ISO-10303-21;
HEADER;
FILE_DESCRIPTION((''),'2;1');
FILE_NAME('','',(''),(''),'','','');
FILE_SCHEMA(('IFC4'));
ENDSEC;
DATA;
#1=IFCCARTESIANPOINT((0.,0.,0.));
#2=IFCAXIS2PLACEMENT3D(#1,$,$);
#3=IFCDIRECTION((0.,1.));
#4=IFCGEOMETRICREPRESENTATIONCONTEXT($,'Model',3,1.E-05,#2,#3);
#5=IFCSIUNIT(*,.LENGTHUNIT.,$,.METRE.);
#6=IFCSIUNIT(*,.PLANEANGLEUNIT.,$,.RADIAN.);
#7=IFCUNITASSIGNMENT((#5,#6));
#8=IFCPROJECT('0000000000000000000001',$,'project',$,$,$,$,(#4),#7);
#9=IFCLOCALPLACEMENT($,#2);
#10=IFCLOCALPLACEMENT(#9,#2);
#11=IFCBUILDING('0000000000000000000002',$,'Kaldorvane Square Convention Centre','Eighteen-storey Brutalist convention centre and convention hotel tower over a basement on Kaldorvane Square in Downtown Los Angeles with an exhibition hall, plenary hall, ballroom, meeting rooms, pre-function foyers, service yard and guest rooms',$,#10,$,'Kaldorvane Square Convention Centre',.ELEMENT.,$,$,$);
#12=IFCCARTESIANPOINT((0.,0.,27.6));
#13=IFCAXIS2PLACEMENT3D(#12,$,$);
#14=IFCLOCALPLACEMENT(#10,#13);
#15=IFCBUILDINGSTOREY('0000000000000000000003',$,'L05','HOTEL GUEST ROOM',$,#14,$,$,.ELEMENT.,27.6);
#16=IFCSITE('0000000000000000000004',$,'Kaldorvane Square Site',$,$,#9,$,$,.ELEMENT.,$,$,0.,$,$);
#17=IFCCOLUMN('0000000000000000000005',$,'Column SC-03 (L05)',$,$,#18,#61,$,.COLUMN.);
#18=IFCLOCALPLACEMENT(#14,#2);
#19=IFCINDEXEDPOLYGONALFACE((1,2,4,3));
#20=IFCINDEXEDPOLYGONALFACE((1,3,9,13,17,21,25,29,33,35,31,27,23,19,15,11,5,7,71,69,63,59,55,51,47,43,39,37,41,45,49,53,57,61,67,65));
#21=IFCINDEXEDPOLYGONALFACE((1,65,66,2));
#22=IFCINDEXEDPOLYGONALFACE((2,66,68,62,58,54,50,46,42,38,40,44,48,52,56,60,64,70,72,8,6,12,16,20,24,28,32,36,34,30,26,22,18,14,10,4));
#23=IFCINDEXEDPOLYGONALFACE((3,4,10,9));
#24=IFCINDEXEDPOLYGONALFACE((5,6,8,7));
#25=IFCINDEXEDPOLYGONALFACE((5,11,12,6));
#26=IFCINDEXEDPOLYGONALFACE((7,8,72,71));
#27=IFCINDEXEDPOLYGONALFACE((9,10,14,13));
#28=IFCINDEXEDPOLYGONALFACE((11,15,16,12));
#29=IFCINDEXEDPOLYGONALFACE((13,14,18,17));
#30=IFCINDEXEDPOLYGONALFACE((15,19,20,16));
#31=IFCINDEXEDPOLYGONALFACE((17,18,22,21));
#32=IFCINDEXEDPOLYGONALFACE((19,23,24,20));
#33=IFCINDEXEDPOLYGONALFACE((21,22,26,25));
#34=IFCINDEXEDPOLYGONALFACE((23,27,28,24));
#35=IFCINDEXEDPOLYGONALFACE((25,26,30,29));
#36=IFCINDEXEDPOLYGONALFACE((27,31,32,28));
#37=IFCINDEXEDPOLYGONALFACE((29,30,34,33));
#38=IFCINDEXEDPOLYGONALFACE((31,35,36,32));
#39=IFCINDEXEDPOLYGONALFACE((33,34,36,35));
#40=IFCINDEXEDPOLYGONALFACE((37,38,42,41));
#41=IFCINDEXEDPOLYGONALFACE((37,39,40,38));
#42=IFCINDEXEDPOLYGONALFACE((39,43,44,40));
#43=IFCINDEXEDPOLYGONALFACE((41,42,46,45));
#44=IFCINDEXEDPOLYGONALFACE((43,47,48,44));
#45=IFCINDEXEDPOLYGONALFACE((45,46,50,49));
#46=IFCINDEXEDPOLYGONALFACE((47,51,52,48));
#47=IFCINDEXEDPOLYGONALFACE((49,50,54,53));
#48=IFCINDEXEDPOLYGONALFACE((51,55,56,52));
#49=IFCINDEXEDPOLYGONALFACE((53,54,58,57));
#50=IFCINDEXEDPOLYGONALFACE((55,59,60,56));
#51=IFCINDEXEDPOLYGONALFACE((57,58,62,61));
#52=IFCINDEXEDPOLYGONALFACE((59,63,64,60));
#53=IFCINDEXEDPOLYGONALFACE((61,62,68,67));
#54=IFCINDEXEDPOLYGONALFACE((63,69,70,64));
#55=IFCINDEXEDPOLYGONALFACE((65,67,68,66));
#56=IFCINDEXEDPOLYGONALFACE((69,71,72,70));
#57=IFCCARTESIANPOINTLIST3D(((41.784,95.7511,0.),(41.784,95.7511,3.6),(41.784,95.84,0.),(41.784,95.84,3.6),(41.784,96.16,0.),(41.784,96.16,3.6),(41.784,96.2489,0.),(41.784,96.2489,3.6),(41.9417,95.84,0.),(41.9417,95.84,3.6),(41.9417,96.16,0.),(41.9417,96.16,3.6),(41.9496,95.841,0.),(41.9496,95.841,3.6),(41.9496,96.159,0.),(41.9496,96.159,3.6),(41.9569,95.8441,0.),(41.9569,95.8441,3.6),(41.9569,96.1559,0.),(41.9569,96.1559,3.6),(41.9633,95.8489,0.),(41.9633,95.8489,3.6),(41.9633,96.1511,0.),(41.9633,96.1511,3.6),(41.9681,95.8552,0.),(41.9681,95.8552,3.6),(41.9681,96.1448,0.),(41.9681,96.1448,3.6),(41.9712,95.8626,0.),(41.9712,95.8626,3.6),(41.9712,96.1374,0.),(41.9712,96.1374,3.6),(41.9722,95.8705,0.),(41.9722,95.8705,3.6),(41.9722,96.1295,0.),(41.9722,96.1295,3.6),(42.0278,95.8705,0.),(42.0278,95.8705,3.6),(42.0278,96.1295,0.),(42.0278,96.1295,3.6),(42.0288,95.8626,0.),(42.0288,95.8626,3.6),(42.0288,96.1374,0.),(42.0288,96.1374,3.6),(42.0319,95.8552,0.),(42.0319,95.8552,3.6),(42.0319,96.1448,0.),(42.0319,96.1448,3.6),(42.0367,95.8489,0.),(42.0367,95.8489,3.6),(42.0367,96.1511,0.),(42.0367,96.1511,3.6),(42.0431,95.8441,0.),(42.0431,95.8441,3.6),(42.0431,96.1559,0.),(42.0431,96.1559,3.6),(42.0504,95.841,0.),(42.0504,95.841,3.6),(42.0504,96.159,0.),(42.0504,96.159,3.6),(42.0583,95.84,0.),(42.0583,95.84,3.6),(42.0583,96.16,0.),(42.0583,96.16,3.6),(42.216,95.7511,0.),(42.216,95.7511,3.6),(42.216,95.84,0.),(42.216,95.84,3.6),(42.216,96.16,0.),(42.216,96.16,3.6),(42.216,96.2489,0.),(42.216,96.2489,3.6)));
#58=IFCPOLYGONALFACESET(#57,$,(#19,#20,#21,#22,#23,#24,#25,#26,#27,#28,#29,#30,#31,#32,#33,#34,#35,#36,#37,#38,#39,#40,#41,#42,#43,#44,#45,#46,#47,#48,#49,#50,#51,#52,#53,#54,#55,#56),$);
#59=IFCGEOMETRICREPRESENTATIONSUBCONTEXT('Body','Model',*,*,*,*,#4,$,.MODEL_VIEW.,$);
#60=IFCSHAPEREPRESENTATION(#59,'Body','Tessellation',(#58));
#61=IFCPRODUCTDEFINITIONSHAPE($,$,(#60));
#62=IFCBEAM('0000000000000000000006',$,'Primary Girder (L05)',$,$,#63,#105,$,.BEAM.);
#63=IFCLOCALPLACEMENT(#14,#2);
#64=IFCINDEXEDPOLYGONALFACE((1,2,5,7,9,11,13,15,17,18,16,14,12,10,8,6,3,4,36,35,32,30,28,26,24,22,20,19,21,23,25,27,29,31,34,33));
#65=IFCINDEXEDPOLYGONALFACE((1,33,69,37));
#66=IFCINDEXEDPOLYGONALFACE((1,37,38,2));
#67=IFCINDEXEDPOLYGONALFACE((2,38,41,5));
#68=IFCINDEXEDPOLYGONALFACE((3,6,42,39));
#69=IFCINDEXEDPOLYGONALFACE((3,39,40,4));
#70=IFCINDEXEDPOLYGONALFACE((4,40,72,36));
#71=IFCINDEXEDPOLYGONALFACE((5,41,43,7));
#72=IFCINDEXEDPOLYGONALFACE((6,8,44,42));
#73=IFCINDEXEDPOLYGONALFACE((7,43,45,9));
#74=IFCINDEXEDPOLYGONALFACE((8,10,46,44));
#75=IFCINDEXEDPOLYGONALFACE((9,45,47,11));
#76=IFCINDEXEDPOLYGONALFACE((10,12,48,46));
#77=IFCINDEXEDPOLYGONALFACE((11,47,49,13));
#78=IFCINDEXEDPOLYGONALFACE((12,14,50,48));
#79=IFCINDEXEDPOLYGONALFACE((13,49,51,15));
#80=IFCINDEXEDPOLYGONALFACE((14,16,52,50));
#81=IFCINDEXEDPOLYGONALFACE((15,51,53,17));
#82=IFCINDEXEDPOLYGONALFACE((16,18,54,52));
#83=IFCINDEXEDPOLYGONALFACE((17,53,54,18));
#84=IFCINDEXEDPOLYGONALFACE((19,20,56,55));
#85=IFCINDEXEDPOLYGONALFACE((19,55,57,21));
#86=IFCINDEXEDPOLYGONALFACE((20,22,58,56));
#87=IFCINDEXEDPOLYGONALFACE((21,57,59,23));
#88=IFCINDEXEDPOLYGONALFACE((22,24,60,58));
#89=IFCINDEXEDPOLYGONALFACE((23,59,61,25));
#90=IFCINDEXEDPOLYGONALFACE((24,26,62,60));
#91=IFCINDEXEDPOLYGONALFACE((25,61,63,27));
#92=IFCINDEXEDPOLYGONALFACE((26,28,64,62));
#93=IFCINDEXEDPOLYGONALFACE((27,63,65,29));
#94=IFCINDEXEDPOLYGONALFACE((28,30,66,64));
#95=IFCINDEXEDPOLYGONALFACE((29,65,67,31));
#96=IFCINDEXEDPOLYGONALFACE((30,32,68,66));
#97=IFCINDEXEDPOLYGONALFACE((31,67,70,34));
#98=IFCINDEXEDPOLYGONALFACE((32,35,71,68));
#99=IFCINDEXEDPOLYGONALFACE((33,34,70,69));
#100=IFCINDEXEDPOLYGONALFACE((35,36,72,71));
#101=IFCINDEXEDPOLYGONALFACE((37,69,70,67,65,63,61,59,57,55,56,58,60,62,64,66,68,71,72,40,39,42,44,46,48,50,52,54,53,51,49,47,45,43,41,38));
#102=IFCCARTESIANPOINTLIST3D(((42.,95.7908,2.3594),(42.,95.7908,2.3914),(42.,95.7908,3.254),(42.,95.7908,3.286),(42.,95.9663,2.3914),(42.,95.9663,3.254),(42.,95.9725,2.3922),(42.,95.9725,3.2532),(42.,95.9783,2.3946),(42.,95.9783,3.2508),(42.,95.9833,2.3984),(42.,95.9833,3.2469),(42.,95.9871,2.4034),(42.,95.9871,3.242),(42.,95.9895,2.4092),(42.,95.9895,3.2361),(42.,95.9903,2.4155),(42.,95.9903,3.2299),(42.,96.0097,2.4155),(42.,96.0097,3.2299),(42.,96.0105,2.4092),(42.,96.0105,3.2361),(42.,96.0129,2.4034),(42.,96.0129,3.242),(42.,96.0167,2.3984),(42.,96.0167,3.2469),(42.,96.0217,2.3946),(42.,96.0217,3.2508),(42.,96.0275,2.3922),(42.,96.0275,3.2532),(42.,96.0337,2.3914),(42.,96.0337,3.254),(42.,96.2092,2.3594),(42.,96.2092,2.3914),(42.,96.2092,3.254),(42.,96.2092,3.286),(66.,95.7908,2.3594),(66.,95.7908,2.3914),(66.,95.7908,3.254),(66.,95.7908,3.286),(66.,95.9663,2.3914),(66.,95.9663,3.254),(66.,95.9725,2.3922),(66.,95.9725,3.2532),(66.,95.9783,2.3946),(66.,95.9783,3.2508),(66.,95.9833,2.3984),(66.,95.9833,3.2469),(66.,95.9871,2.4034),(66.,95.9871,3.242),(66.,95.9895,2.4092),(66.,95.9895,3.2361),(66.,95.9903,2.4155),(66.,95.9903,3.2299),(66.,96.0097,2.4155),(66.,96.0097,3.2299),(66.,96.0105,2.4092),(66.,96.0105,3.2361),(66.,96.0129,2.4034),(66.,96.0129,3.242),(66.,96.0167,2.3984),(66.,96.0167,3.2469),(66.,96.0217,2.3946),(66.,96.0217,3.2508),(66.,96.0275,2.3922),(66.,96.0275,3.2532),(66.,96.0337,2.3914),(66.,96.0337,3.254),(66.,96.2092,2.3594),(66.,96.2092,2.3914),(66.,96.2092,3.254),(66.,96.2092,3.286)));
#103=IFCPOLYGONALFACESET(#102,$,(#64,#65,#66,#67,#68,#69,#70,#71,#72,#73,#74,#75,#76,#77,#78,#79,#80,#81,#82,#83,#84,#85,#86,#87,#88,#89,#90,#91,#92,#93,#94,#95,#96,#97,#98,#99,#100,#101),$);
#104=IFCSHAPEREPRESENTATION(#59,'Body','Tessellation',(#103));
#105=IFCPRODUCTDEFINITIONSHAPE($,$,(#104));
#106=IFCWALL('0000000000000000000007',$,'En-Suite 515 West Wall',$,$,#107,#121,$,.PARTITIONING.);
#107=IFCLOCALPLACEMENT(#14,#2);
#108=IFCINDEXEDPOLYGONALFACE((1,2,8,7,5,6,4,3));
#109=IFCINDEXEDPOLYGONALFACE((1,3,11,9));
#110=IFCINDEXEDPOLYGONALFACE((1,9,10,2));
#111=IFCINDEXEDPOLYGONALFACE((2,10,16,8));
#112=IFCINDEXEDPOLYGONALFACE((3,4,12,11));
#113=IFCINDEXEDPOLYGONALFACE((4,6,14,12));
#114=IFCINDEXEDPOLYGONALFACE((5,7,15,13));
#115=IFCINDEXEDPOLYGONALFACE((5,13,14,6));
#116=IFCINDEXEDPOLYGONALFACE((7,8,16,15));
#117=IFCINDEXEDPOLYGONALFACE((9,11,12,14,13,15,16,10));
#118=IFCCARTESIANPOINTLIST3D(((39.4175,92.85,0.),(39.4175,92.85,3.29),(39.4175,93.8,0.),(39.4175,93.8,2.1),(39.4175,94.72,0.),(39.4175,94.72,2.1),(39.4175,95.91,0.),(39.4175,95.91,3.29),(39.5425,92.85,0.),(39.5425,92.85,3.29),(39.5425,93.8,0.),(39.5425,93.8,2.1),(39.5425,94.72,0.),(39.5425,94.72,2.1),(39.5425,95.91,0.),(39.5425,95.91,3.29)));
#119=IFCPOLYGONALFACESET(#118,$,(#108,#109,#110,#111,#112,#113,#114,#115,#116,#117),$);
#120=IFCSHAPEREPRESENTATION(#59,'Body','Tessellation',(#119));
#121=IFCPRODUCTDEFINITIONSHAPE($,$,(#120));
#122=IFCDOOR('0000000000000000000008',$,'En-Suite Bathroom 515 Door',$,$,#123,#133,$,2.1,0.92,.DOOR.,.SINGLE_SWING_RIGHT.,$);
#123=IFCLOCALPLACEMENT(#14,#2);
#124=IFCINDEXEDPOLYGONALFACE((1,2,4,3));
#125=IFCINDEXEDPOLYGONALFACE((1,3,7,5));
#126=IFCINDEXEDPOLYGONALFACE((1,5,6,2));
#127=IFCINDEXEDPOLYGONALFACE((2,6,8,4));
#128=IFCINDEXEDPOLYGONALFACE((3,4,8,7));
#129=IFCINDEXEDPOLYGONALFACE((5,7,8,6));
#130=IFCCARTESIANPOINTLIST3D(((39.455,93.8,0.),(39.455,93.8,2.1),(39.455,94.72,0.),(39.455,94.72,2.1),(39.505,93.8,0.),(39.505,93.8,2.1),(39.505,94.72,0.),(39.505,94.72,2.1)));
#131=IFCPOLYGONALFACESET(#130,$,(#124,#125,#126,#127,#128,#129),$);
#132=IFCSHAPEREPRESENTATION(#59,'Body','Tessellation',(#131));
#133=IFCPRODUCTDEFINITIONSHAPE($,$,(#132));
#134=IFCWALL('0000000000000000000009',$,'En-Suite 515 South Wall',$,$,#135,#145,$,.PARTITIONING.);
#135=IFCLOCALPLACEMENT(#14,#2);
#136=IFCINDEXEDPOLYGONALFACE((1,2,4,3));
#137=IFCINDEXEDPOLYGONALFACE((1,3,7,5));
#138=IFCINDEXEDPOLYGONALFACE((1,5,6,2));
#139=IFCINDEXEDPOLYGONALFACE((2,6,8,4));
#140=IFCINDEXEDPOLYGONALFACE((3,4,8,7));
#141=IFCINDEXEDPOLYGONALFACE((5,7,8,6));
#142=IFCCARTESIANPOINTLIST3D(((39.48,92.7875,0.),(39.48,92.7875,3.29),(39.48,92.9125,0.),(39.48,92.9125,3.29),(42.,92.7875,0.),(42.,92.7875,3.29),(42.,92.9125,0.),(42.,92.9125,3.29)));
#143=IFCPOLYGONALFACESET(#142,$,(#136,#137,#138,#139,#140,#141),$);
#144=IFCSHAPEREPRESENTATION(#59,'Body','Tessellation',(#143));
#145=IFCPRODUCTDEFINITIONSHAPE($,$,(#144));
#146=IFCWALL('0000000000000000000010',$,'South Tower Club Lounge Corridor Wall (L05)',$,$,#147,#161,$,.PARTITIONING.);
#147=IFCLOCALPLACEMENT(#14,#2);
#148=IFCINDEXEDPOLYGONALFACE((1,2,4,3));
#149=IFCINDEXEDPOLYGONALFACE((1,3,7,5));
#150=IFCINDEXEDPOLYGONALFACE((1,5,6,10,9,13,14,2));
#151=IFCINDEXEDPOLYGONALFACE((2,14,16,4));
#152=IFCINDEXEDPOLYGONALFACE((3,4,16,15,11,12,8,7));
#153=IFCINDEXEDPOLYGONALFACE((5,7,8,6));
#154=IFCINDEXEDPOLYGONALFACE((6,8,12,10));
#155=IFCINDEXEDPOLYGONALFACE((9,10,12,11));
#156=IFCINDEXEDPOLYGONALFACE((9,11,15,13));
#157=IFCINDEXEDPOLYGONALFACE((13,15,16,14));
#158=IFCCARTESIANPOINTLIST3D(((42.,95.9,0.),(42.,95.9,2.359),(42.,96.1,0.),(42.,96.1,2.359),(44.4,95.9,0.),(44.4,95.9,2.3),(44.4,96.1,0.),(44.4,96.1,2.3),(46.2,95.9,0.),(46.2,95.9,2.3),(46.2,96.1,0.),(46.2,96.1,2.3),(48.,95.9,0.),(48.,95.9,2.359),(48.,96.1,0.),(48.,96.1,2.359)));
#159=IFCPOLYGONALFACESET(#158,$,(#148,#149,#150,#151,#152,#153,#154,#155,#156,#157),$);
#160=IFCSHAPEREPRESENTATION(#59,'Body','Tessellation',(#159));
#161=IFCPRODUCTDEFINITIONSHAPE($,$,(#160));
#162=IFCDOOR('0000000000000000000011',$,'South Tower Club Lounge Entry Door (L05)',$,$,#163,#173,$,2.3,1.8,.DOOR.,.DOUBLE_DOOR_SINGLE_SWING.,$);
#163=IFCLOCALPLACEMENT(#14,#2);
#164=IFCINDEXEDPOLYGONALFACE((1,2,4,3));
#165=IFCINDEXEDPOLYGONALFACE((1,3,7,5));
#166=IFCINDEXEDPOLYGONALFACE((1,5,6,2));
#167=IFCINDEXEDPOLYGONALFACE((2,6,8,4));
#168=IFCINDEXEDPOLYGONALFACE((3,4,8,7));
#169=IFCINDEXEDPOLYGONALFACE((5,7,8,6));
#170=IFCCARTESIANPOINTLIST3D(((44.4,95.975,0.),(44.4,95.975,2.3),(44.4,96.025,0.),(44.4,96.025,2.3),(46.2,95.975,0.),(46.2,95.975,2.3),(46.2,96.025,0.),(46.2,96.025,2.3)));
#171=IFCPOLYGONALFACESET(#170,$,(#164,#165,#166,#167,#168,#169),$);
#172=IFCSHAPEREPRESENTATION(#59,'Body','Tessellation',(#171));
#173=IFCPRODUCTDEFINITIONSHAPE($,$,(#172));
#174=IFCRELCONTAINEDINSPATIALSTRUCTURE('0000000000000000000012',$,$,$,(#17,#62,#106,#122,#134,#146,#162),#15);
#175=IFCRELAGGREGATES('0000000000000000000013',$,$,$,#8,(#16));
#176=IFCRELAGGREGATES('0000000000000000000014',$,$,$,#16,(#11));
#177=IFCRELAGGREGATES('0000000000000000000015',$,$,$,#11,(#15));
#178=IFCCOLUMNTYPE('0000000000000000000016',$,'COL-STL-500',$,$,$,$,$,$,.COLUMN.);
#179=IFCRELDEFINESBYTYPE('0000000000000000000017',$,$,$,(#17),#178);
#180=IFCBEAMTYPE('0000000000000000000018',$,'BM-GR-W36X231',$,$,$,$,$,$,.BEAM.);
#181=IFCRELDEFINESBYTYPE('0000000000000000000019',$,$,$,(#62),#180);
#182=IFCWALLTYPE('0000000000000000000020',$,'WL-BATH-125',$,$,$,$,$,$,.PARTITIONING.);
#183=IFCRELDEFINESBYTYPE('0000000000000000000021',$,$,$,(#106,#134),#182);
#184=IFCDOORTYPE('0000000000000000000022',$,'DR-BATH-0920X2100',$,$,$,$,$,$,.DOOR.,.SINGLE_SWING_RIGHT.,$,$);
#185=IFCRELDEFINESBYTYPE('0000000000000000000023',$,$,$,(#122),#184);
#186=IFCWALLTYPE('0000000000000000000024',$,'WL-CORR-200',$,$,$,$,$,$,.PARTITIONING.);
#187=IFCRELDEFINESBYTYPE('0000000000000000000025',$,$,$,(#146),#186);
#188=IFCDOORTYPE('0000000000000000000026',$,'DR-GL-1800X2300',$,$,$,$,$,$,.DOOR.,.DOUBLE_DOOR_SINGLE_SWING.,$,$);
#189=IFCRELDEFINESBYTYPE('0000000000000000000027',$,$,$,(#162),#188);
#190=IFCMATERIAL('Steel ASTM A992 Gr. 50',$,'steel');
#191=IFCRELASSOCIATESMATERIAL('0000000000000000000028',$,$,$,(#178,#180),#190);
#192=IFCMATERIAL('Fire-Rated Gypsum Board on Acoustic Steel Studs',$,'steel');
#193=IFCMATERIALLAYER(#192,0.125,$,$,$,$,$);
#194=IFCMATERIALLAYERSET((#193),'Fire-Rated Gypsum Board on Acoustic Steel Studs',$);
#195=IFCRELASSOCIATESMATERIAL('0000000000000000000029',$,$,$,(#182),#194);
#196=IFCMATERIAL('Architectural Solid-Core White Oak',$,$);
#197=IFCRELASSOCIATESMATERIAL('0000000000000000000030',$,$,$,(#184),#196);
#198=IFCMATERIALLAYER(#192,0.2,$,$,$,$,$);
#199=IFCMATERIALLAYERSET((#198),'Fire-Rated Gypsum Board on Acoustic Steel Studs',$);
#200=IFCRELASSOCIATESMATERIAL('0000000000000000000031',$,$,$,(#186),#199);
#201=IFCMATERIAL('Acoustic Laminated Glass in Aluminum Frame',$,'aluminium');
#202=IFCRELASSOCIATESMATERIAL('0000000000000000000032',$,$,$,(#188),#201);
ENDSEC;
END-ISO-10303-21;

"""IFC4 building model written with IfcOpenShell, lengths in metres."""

from ifc_helpers import new_model, si_unit, direction, frame, frame_2d, origin, origin_2d, place, context, subcontext, project, spatial, rectangle, i_section, extrude, material, layer, layer_set, material_profile, profile_set, type_object, element, fill, save


model = new_model("IFC4")

# Units and contexts
model_context = context("Model", 3, precision=1e-05, world=origin(), true_north=direction((0.0, 1.0)))
body_context = subcontext(model_context, "Body", "Model", "MODEL_VIEW")
ifc_project = project(units=[si_unit("LENGTHUNIT", "METRE"), si_unit("PLANEANGLEUNIT", "RADIAN")], contexts=[model_context])

# Site, building, storey
site_placement = place(None, origin())
site = spatial("IfcSite", under=ifc_project, at=site_placement, Name="Kaldorvane Square Site", CompositionType="ELEMENT", RefElevation=0.0)
building_placement = place(site_placement, origin())
building = spatial("IfcBuilding", under=site, at=building_placement, Name="Kaldorvane Square Convention Centre", Description="Eighteen-storey Brutalist convention centre and convention hotel tower over a basement on Kaldorvane Square in Downtown Los Angeles with an exhibition hall, plenary hall, ballroom, meeting rooms, pre-function foyers, service yard and guest rooms", LongName="Kaldorvane Square Convention Centre", CompositionType="ELEMENT")
storey_placement = place(building_placement, frame((0.0, 0.0, 27.6)))
storey = spatial("IfcBuildingStorey", under=building, at=storey_placement, Name="L05", Description="HOTEL GUEST ROOM", CompositionType="ELEMENT", Elevation=27.6)

# Column
ifc_material_1 = material(Name="Steel ASTM A992 Gr. 50", Category="steel")
ifc_material_profile_1 = material_profile(ifc_material_1, i_section(OverallWidth=0.4321, OverallDepth=0.4978, WebThickness=0.0556, FlangeThickness=0.0889, FilletRadius=0.0305, at=origin_2d()), Name="W14X500")
ifc_profile_set_1 = profile_set([ifc_material_profile_1], Name="Steel ASTM A992 Gr. 50")
column_type = type_object("IfcColumnType", Name="COL-STL-500", PredefinedType="COLUMN", material=ifc_profile_set_1)
column_placement = place(storey_placement, frame((42.0, 96.0, 0.0), z_axis=(0.0, 0.0, 1.0), x_axis=(1.0, 0.0, 0.0)))
element("IfcColumn", 1, at=column_placement, inside=storey, type_object=column_type, Name="Column SC-03 (L05)", PredefinedType="COLUMN", context=body_context, shape_type="SweptSolid", body=[
    extrude(i_section(OverallWidth=0.4321, OverallDepth=0.4978, WebThickness=0.0556, FlangeThickness=0.0889, FilletRadius=0.0305, at=origin_2d()), origin(), (0.0, 0.0, 1.0), 3.6),
])

# Beam
ifc_material_profile_2 = material_profile(ifc_material_1, i_section(OverallWidth=0.4183, OverallDepth=0.9266, WebThickness=0.0193, FlangeThickness=0.032, FilletRadius=0.0241, at=origin_2d()), Name="W36X231")
ifc_profile_set_2 = profile_set([ifc_material_profile_2], Name="Steel ASTM A992 Gr. 50")
beam_type = type_object("IfcBeamType", Name="BM-GR-W36X231", PredefinedType="BEAM", material=ifc_profile_set_2)
beam_placement = place(storey_placement, frame((42.0, 96.0, 2.8227), z_axis=(1.0, 0.0, 0.0), x_axis=(0.0, 1.0, 0.0)))
element("IfcBeam", 2, at=beam_placement, inside=storey, type_object=beam_type, Name="Primary Girder (L05)", PredefinedType="BEAM", context=body_context, shape_type="SweptSolid", body=[
    extrude(i_section(OverallWidth=0.4183, OverallDepth=0.9266, WebThickness=0.0193, FlangeThickness=0.032, FilletRadius=0.0241, at=origin_2d()), origin(), (0.0, 0.0, 1.0), 24.0),
])

# Wall, opening, door
ifc_material_2 = material(Name="Fire-Rated Gypsum Board on Acoustic Steel Studs", Category="steel")
ifc_layer_1 = layer(ifc_material_2, 0.125)
ifc_layer_set_1 = layer_set([ifc_layer_1], Name="Fire-Rated Gypsum Board on Acoustic Steel Studs")
wall_type_1 = type_object("IfcWallType", Name="WL-BATH-125", PredefinedType="PARTITIONING", material=ifc_layer_set_1)
wall_1_placement = place(storey_placement, frame((39.48, 92.85, 0.0), z_axis=(0.0, 0.0, 1.0), x_axis=(0.0, 1.0, 0.0)))
wall_1 = element("IfcWall", 3, at=wall_1_placement, inside=storey, type_object=wall_type_1, Name="En-Suite 515 West Wall", PredefinedType="PARTITIONING", context=body_context, shape_type="SweptSolid", body=[
    extrude(rectangle(XDim=3.06, YDim=0.125, at=frame_2d((1.53, 0.0))), origin(), (0.0, 0.0, 1.0), 3.29),
])
opening_1_placement = place(wall_1_placement, frame((0.95, 0.0, 0.0)))
opening_1 = element("IfcOpeningElement", 4, at=opening_1_placement, cuts=wall_1, PredefinedType="OPENING", context=body_context, shape_type="SweptSolid", body=[
    extrude(rectangle(XDim=0.92, YDim=2.1, at=frame_2d((0.46, 1.05))), frame((0.0, 0.0775, 0.0), z_axis=(0.0, -1.0, 0.0), x_axis=(1.0, 0.0, 0.0)), (0.0, 0.0, 1.0), 0.155),
])
ifc_material_3 = material(Name="Architectural Solid-Core White Oak")
door_type_1 = type_object("IfcDoorType", Name="DR-BATH-0920X2100", OperationType="SINGLE_SWING_RIGHT", PredefinedType="DOOR", material=ifc_material_3)
door_1_placement = place(opening_1_placement, origin())
door_1 = element("IfcDoor", 5, at=door_1_placement, inside=storey, type_object=door_type_1, Name="En-Suite Bathroom 515 Door", OperationType="SINGLE_SWING_RIGHT", OverallHeight=2.1, OverallWidth=0.92, PredefinedType="DOOR", context=body_context, shape_type="SweptSolid", body=[
    extrude(rectangle(XDim=0.92, YDim=2.1, at=frame_2d((0.46, 1.05))), frame((0.0, 0.025, 0.0), z_axis=(0.0, -1.0, 0.0), x_axis=(1.0, 0.0, 0.0)), (0.0, 0.0, 1.0), 0.05),
])
fill(opening_1, door_1)

# Wall
wall_2_placement = place(storey_placement, frame((39.48, 92.85, 0.0), z_axis=(0.0, 0.0, 1.0), x_axis=(1.0, 0.0, 0.0)))
element("IfcWall", 6, at=wall_2_placement, inside=storey, type_object=wall_type_1, Name="En-Suite 515 South Wall", PredefinedType="PARTITIONING", context=body_context, shape_type="SweptSolid", body=[
    extrude(rectangle(XDim=2.52, YDim=0.125, at=frame_2d((1.26, 0.0))), origin(), (0.0, 0.0, 1.0), 3.29),
])

# Wall, opening, door
ifc_layer_2 = layer(ifc_material_2, 0.2)
ifc_layer_set_2 = layer_set([ifc_layer_2], Name="Fire-Rated Gypsum Board on Acoustic Steel Studs")
wall_type_2 = type_object("IfcWallType", Name="WL-CORR-200", PredefinedType="PARTITIONING", material=ifc_layer_set_2)
wall_3_placement = place(storey_placement, frame((42.0, 96.0, 0.0), z_axis=(0.0, 0.0, 1.0), x_axis=(1.0, 0.0, 0.0)))
wall_3 = element("IfcWall", 7, at=wall_3_placement, inside=storey, type_object=wall_type_2, Name="South Tower Club Lounge Corridor Wall (L05)", PredefinedType="PARTITIONING", context=body_context, shape_type="SweptSolid", body=[
    extrude(rectangle(XDim=6.0, YDim=0.2, at=frame_2d((3.0, 0.0))), origin(), (0.0, 0.0, 1.0), 2.359),
])
opening_2_placement = place(wall_3_placement, frame((2.4, 0.0, 0.0)))
opening_2 = element("IfcOpeningElement", 8, at=opening_2_placement, cuts=wall_3, PredefinedType="OPENING", context=body_context, shape_type="SweptSolid", body=[
    extrude(rectangle(XDim=1.8, YDim=2.3, at=frame_2d((0.9, 1.15))), frame((0.0, 0.115, 0.0), z_axis=(0.0, -1.0, 0.0), x_axis=(1.0, 0.0, 0.0)), (0.0, 0.0, 1.0), 0.23),
])
ifc_material_4 = material(Name="Acoustic Laminated Glass in Aluminum Frame", Category="aluminium")
door_type_2 = type_object("IfcDoorType", Name="DR-GL-1800X2300", OperationType="DOUBLE_DOOR_SINGLE_SWING", PredefinedType="DOOR", material=ifc_material_4)
door_2_placement = place(opening_2_placement, origin())
door_2 = element("IfcDoor", 9, at=door_2_placement, inside=storey, type_object=door_type_2, Name="South Tower Club Lounge Entry Door (L05)", OperationType="DOUBLE_DOOR_SINGLE_SWING", OverallHeight=2.3, OverallWidth=1.8, PredefinedType="DOOR", context=body_context, shape_type="SweptSolid", body=[
    extrude(rectangle(XDim=1.8, YDim=2.3, at=frame_2d((0.9, 1.15))), frame((0.0, 0.025, 0.0), z_axis=(0.0, -1.0, 0.0), x_axis=(1.0, 0.0, 0.0)), (0.0, 0.0, 1.0), 0.05),
])
fill(opening_2, door_2)

save(model, "model.ifc")
